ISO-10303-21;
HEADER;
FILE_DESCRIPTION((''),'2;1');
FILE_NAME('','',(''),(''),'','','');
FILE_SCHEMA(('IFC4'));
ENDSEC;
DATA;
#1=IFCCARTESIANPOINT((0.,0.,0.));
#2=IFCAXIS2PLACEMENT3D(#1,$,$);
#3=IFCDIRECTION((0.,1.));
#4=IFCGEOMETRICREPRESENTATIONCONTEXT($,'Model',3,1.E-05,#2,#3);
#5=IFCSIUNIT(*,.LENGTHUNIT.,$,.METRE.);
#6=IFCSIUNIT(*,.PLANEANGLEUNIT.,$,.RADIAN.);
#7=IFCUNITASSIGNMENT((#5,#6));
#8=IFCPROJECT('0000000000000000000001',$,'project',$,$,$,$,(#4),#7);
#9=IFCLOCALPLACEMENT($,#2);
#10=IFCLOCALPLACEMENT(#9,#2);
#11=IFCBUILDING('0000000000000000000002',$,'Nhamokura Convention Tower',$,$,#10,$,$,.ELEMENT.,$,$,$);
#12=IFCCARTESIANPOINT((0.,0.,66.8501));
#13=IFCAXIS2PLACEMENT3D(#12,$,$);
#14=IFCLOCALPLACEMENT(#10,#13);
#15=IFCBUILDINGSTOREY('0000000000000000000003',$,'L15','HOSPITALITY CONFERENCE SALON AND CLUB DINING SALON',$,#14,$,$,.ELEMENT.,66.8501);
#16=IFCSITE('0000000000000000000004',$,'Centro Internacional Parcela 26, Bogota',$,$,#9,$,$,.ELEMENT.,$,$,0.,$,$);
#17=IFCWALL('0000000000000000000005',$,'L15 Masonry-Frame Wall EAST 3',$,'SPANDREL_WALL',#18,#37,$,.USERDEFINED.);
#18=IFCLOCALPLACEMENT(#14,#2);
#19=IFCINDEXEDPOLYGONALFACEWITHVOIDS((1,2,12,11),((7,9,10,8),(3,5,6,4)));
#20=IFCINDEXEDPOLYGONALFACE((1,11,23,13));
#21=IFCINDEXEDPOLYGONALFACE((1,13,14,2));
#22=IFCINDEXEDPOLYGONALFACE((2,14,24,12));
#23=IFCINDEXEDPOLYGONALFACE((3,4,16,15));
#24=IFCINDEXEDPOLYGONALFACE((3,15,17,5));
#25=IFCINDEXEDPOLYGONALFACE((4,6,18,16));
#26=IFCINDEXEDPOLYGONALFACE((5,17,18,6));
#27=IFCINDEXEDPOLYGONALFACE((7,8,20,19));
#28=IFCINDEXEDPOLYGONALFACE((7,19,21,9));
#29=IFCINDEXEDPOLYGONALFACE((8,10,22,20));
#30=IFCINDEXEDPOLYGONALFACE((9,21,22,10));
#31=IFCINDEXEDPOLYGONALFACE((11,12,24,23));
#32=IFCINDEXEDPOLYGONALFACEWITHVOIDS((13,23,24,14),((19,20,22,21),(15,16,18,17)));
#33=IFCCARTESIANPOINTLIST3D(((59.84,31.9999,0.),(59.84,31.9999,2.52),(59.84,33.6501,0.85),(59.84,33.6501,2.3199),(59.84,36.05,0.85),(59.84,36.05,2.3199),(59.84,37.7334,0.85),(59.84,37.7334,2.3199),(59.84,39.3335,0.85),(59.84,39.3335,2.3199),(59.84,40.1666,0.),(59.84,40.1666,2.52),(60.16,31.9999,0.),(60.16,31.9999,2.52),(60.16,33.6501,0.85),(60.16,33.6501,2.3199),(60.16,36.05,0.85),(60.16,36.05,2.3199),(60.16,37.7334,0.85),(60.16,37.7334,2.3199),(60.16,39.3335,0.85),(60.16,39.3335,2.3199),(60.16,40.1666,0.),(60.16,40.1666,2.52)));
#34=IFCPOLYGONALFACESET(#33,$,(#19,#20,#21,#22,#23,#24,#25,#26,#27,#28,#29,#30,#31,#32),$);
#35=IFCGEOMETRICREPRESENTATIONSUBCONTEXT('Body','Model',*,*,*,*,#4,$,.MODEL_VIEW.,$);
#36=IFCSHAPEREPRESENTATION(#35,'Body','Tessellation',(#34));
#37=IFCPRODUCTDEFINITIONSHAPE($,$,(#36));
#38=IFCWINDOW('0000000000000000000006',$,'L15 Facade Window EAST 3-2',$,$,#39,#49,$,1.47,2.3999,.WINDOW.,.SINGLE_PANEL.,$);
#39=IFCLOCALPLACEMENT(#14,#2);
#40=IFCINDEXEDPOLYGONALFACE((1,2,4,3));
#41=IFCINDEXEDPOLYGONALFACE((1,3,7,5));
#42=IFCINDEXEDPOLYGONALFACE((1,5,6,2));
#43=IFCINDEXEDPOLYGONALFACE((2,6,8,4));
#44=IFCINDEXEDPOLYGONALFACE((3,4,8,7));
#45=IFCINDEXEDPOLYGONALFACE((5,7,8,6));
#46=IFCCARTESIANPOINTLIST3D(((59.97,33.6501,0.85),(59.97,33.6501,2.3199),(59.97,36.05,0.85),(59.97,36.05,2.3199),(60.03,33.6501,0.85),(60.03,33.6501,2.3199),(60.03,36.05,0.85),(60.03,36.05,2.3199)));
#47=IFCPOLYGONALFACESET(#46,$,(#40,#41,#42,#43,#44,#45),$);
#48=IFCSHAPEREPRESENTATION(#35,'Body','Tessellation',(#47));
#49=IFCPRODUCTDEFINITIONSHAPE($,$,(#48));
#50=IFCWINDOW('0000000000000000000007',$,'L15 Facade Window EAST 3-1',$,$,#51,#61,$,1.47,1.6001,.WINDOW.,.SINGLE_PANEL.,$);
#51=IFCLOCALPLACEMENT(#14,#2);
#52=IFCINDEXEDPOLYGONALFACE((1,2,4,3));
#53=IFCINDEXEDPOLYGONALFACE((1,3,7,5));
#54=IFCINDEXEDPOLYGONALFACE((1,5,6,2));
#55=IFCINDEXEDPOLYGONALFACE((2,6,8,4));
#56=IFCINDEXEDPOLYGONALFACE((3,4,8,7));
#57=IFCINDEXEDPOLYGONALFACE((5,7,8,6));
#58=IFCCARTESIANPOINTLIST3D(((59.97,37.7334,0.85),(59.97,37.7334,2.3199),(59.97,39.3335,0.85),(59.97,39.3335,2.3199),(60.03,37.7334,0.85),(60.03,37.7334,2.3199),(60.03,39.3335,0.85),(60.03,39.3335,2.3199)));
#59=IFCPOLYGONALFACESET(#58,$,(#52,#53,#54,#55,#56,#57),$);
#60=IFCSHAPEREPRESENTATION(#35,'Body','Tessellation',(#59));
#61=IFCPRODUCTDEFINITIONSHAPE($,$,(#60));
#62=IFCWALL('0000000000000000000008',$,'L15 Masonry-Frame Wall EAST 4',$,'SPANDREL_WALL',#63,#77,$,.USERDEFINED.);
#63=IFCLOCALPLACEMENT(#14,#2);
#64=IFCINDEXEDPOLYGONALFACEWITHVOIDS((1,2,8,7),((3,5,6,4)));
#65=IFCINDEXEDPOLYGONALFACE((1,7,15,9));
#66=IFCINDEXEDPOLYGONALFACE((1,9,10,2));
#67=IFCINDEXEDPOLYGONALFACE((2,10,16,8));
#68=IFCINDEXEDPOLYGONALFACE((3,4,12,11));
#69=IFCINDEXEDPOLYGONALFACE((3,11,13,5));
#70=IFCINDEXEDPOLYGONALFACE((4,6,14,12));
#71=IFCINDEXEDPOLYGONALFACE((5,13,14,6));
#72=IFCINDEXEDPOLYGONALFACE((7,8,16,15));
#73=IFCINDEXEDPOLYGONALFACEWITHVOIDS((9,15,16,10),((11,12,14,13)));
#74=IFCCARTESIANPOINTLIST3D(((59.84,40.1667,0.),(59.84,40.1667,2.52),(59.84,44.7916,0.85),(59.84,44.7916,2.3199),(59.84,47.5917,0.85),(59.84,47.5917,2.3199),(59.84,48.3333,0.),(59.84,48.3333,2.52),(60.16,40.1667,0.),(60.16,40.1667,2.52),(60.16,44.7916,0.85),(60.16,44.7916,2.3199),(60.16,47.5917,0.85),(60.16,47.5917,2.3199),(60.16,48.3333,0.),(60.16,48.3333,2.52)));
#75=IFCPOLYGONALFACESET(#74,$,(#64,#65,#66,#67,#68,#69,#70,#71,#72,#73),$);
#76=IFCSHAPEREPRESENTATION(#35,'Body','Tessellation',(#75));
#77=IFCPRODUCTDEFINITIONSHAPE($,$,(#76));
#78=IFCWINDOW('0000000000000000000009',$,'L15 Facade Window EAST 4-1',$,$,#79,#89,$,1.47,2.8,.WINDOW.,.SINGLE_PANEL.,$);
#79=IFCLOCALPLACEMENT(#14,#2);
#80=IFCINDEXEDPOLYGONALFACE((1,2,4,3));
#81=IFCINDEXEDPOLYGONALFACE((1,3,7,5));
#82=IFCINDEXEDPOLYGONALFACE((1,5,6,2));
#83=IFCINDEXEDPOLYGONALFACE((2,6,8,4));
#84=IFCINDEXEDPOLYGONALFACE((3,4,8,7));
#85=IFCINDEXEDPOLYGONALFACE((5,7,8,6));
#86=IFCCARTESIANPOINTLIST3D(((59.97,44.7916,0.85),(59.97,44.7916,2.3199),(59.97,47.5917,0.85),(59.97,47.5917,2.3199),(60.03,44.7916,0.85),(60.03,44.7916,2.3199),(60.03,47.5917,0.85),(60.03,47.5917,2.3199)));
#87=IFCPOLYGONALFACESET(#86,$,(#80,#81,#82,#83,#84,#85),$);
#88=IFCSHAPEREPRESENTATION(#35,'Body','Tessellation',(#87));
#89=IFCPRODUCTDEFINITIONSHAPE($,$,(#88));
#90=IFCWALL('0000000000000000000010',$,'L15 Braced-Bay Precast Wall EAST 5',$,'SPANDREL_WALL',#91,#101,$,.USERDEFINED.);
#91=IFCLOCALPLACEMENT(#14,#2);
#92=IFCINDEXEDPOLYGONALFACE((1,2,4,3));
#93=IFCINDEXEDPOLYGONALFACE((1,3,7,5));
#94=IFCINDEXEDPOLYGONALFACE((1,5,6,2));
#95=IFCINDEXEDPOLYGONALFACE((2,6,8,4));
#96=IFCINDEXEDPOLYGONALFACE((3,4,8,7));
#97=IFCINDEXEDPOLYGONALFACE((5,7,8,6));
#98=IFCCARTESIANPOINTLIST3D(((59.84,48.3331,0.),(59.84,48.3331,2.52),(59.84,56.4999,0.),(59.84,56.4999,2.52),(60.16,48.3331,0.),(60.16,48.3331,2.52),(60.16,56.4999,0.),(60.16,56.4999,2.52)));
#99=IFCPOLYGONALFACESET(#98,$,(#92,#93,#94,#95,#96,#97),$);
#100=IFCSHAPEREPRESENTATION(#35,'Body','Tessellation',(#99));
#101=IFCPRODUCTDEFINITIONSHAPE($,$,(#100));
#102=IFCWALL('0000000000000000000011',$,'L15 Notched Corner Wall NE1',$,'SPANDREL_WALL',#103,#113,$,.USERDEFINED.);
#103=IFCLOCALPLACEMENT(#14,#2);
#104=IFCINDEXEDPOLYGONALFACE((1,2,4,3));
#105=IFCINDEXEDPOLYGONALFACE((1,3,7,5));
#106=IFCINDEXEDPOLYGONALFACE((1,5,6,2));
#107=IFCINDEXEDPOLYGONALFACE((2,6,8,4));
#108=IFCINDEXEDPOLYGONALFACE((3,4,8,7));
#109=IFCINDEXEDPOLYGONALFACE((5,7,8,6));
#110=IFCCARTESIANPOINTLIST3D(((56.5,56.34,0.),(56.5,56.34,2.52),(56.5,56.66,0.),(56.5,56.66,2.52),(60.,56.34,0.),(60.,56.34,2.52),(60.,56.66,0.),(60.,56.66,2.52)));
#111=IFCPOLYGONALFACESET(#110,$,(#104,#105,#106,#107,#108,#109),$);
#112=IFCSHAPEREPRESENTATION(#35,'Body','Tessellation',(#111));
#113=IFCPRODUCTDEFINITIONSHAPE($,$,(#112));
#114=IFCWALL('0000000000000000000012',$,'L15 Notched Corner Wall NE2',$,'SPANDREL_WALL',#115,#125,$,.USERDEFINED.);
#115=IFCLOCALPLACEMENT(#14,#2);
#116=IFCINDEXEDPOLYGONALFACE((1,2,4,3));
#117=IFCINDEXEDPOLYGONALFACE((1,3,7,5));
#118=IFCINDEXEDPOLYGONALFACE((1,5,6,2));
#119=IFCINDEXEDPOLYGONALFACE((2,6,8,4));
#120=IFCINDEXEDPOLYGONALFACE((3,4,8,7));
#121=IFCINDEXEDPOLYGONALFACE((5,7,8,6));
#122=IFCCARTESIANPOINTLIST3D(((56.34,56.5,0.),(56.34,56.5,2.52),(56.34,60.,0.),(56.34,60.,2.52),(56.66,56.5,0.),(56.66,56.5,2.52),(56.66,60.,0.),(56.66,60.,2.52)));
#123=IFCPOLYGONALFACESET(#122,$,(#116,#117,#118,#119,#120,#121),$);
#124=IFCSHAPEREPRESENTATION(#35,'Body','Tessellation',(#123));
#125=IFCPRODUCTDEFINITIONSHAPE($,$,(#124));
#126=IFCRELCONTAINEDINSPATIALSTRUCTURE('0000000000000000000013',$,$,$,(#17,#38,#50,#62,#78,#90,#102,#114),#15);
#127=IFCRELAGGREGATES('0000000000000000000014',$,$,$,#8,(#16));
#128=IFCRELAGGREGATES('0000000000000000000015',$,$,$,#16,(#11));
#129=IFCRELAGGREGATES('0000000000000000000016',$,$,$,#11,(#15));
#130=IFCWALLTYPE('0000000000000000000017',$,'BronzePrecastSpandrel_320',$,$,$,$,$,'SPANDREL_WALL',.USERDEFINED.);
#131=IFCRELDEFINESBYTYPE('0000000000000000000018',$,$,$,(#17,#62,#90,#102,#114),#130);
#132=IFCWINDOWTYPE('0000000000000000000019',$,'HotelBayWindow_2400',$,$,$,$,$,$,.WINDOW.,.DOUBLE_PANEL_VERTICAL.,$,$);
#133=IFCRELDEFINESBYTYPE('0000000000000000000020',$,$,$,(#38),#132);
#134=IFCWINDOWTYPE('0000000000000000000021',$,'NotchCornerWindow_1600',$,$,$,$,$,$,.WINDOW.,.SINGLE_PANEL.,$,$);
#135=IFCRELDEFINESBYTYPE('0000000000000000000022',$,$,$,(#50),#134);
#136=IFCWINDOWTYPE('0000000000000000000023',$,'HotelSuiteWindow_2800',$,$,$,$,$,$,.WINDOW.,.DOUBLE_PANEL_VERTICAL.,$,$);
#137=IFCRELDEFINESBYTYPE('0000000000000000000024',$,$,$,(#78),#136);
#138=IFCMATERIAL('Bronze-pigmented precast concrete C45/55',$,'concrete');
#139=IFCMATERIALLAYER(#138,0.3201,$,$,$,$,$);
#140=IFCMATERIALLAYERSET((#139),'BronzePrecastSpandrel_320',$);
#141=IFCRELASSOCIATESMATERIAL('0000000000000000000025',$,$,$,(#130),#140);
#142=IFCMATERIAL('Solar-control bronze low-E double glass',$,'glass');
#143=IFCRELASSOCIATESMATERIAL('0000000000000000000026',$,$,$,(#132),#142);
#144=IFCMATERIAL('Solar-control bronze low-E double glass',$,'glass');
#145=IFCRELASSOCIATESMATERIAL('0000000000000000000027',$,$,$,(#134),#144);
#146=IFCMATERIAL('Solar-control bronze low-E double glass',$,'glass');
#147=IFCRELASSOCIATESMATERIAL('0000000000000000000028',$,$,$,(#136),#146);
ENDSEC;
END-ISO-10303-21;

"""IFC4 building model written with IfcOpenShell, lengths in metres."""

from ifc_helpers import new_model, si_unit, direction, frame, frame_2d, origin, place, context, subcontext, project, spatial, rectangle, extrude, material, layer, layer_set, type_object, element, fill, save


model = new_model("IFC4")

# Units and contexts
model_context = context("Model", 3, precision=1e-05, world=origin(), true_north=direction((0.0, 1.0)))
body_context = subcontext(model_context, "Body", "Model", "MODEL_VIEW")
ifc_project = project(units=[si_unit("LENGTHUNIT", "METRE"), si_unit("PLANEANGLEUNIT", "RADIAN")], contexts=[model_context])

# Site, building, storey
site_placement = place(None, origin())
site = spatial("IfcSite", under=ifc_project, at=site_placement, Name="Centro Internacional Parcela 26, Bogota", CompositionType="ELEMENT", RefElevation=0.0)
building_placement = place(site_placement, origin())
building = spatial("IfcBuilding", under=site, at=building_placement, Name="Nhamokura Convention Tower", CompositionType="ELEMENT")
storey_placement = place(building_placement, frame((0.0, 0.0, 66.8501)))
storey = spatial("IfcBuildingStorey", under=building, at=storey_placement, Name="L15", Description="HOSPITALITY CONFERENCE SALON AND CLUB DINING SALON", CompositionType="ELEMENT", Elevation=66.8501)

# Shared definitions
ifc_material_1 = material(Name="Bronze-pigmented precast concrete C45/55", Category="concrete")
ifc_layer = layer(ifc_material_1, 0.3201)
ifc_layer_set = layer_set([ifc_layer], Name="BronzePrecastSpandrel_320")
wall_type = type_object("IfcWallType", Name="BronzePrecastSpandrel_320", ElementType="SPANDREL_WALL", PredefinedType="USERDEFINED", material=ifc_layer_set)

# Wall, openings, windows
wall_1_placement = place(storey_placement, frame((60.0, 40.1667, 0.0), z_axis=(0.0, 0.0, 1.0), x_axis=(0.0, -1.0, 0.0)))
wall_1 = element("IfcWall", 1, at=wall_1_placement, inside=storey, type_object=wall_type, Name="L15 Masonry-Frame Wall EAST 3", ObjectType="SPANDREL_WALL", PredefinedType="USERDEFINED", context=body_context, shape_type="SweptSolid", body=[
    extrude(rectangle(XDim=8.1667, YDim=0.3201, at=frame_2d((4.0835, 0.0))), origin(), (0.0, 0.0, 1.0), 2.52),
])
opening_1_placement = place(wall_1_placement, frame((0.8333, 0.0, 0.8501)))
opening_1 = element("IfcOpeningElement", 2, at=opening_1_placement, cuts=wall_1, PredefinedType="OPENING", context=body_context, shape_type="SweptSolid", body=[
    extrude(rectangle(XDim=1.6001, YDim=1.47, at=frame_2d((0.8, 0.7349))), frame((0.0, 0.1699, 0.0), z_axis=(0.0, -1.0, 0.0), x_axis=(1.0, 0.0, 0.0)), (0.0, 0.0, 1.0), 0.3401),
])
opening_2_placement = place(wall_1_placement, frame((4.1167, 0.0, 0.8501)))
opening_2 = element("IfcOpeningElement", 3, at=opening_2_placement, cuts=wall_1, PredefinedType="OPENING", context=body_context, shape_type="SweptSolid", body=[
    extrude(rectangle(XDim=2.3999, YDim=1.47, at=frame_2d((1.2, 0.7349))), frame((0.0, 0.1699, 0.0), z_axis=(0.0, -1.0, 0.0), x_axis=(1.0, 0.0, 0.0)), (0.0, 0.0, 1.0), 0.3401),
])
ifc_material_2 = material(Name="Solar-control bronze low-E double glass", Category="glass")
window_type_1 = type_object("IfcWindowType", Name="HotelBayWindow_2400", PartitioningType="DOUBLE_PANEL_VERTICAL", PredefinedType="WINDOW", material=ifc_material_2)
window_1_placement = place(opening_2_placement, origin())
window_1 = element("IfcWindow", 4, at=window_1_placement, inside=storey, type_object=window_type_1, Name="L15 Facade Window EAST 3-2", OverallHeight=1.47, OverallWidth=2.3999, PartitioningType="SINGLE_PANEL", PredefinedType="WINDOW", context=body_context, shape_type="SweptSolid", body=[
    extrude(rectangle(XDim=2.3999, YDim=1.47, at=frame_2d((1.2, 0.7349))), frame((0.0, 0.03, 0.0), z_axis=(0.0, -1.0, 0.0), x_axis=(1.0, 0.0, 0.0)), (0.0, 0.0, 1.0), 0.0601),
])
fill(opening_2, window_1)
ifc_material_3 = material(Name="Solar-control bronze low-E double glass", Category="glass")
window_type_2 = type_object("IfcWindowType", Name="NotchCornerWindow_1600", PartitioningType="SINGLE_PANEL", PredefinedType="WINDOW", material=ifc_material_3)
window_2_placement = place(opening_1_placement, origin())
window_2 = element("IfcWindow", 5, at=window_2_placement, inside=storey, type_object=window_type_2, Name="L15 Facade Window EAST 3-1", OverallHeight=1.47, OverallWidth=1.6001, PartitioningType="SINGLE_PANEL", PredefinedType="WINDOW", context=body_context, shape_type="SweptSolid", body=[
    extrude(rectangle(XDim=1.6001, YDim=1.47, at=frame_2d((0.8, 0.7349))), frame((0.0, 0.03, 0.0), z_axis=(0.0, -1.0, 0.0), x_axis=(1.0, 0.0, 0.0)), (0.0, 0.0, 1.0), 0.0601),
])
fill(opening_1, window_2)

# Wall, opening, window
wall_2_placement = place(storey_placement, frame((60.0, 48.3333, 0.0), z_axis=(0.0, 0.0, 1.0), x_axis=(0.0, -1.0, 0.0)))
wall_2 = element("IfcWall", 6, at=wall_2_placement, inside=storey, type_object=wall_type, Name="L15 Masonry-Frame Wall EAST 4", ObjectType="SPANDREL_WALL", PredefinedType="USERDEFINED", context=body_context, shape_type="SweptSolid", body=[
    extrude(rectangle(XDim=8.1665, YDim=0.3201, at=frame_2d((4.0833, 0.0))), origin(), (0.0, 0.0, 1.0), 2.52),
])
opening_3_placement = place(wall_2_placement, frame((0.7417, 0.0, 0.8501)))
opening_3 = element("IfcOpeningElement", 7, at=opening_3_placement, cuts=wall_2, PredefinedType="OPENING", context=body_context, shape_type="SweptSolid", body=[
    extrude(rectangle(XDim=2.8, YDim=1.47, at=frame_2d((1.3999, 0.7349))), frame((0.0, 0.1699, 0.0), z_axis=(0.0, -1.0, 0.0), x_axis=(1.0, 0.0, 0.0)), (0.0, 0.0, 1.0), 0.3401),
])
ifc_material_4 = material(Name="Solar-control bronze low-E double glass", Category="glass")
window_type_3 = type_object("IfcWindowType", Name="HotelSuiteWindow_2800", PartitioningType="DOUBLE_PANEL_VERTICAL", PredefinedType="WINDOW", material=ifc_material_4)
window_3_placement = place(opening_3_placement, origin())
window_3 = element("IfcWindow", 8, at=window_3_placement, inside=storey, type_object=window_type_3, Name="L15 Facade Window EAST 4-1", OverallHeight=1.47, OverallWidth=2.8, PartitioningType="SINGLE_PANEL", PredefinedType="WINDOW", context=body_context, shape_type="SweptSolid", body=[
    extrude(rectangle(XDim=2.8, YDim=1.47, at=frame_2d((1.3999, 0.7349))), frame((0.0, 0.03, 0.0), z_axis=(0.0, -1.0, 0.0), x_axis=(1.0, 0.0, 0.0)), (0.0, 0.0, 1.0), 0.0601),
])
fill(opening_3, window_3)

# Walls
wall_3_placement = place(storey_placement, frame((60.0, 56.5, 0.0), z_axis=(0.0, 0.0, 1.0), x_axis=(0.0, -1.0, 0.0)))
element("IfcWall", 9, at=wall_3_placement, inside=storey, type_object=wall_type, Name="L15 Braced-Bay Precast Wall EAST 5", ObjectType="SPANDREL_WALL", PredefinedType="USERDEFINED", context=body_context, shape_type="SweptSolid", body=[
    extrude(rectangle(XDim=8.1667, YDim=0.3201, at=frame_2d((4.0835, 0.0))), origin(), (0.0, 0.0, 1.0), 2.52),
])
for number, where, z_axis, x_axis, name in (
    (10, (56.5, 56.5, 0.0), (0.0, 0.0, 1.0), (1.0, 0.0, 0.0), "L15 Notched Corner Wall NE1"),
    (11, (56.5, 60.0, 0.0), (0.0, 0.0, 1.0), (0.0, -1.0, 0.0), "L15 Notched Corner Wall NE2"),
):
    element("IfcWall", number, at=place(storey_placement, frame(where, z_axis=z_axis, x_axis=x_axis)), inside=storey, type_object=wall_type, Name=name, ObjectType="SPANDREL_WALL", PredefinedType="USERDEFINED", context=body_context, shape_type="SweptSolid", body=[
        extrude(rectangle(XDim=3.5, YDim=0.3201, at=frame_2d((1.75, 0.0))), origin(), (0.0, 0.0, 1.0), 2.52),
    ])

save(model, "model.ifc")
